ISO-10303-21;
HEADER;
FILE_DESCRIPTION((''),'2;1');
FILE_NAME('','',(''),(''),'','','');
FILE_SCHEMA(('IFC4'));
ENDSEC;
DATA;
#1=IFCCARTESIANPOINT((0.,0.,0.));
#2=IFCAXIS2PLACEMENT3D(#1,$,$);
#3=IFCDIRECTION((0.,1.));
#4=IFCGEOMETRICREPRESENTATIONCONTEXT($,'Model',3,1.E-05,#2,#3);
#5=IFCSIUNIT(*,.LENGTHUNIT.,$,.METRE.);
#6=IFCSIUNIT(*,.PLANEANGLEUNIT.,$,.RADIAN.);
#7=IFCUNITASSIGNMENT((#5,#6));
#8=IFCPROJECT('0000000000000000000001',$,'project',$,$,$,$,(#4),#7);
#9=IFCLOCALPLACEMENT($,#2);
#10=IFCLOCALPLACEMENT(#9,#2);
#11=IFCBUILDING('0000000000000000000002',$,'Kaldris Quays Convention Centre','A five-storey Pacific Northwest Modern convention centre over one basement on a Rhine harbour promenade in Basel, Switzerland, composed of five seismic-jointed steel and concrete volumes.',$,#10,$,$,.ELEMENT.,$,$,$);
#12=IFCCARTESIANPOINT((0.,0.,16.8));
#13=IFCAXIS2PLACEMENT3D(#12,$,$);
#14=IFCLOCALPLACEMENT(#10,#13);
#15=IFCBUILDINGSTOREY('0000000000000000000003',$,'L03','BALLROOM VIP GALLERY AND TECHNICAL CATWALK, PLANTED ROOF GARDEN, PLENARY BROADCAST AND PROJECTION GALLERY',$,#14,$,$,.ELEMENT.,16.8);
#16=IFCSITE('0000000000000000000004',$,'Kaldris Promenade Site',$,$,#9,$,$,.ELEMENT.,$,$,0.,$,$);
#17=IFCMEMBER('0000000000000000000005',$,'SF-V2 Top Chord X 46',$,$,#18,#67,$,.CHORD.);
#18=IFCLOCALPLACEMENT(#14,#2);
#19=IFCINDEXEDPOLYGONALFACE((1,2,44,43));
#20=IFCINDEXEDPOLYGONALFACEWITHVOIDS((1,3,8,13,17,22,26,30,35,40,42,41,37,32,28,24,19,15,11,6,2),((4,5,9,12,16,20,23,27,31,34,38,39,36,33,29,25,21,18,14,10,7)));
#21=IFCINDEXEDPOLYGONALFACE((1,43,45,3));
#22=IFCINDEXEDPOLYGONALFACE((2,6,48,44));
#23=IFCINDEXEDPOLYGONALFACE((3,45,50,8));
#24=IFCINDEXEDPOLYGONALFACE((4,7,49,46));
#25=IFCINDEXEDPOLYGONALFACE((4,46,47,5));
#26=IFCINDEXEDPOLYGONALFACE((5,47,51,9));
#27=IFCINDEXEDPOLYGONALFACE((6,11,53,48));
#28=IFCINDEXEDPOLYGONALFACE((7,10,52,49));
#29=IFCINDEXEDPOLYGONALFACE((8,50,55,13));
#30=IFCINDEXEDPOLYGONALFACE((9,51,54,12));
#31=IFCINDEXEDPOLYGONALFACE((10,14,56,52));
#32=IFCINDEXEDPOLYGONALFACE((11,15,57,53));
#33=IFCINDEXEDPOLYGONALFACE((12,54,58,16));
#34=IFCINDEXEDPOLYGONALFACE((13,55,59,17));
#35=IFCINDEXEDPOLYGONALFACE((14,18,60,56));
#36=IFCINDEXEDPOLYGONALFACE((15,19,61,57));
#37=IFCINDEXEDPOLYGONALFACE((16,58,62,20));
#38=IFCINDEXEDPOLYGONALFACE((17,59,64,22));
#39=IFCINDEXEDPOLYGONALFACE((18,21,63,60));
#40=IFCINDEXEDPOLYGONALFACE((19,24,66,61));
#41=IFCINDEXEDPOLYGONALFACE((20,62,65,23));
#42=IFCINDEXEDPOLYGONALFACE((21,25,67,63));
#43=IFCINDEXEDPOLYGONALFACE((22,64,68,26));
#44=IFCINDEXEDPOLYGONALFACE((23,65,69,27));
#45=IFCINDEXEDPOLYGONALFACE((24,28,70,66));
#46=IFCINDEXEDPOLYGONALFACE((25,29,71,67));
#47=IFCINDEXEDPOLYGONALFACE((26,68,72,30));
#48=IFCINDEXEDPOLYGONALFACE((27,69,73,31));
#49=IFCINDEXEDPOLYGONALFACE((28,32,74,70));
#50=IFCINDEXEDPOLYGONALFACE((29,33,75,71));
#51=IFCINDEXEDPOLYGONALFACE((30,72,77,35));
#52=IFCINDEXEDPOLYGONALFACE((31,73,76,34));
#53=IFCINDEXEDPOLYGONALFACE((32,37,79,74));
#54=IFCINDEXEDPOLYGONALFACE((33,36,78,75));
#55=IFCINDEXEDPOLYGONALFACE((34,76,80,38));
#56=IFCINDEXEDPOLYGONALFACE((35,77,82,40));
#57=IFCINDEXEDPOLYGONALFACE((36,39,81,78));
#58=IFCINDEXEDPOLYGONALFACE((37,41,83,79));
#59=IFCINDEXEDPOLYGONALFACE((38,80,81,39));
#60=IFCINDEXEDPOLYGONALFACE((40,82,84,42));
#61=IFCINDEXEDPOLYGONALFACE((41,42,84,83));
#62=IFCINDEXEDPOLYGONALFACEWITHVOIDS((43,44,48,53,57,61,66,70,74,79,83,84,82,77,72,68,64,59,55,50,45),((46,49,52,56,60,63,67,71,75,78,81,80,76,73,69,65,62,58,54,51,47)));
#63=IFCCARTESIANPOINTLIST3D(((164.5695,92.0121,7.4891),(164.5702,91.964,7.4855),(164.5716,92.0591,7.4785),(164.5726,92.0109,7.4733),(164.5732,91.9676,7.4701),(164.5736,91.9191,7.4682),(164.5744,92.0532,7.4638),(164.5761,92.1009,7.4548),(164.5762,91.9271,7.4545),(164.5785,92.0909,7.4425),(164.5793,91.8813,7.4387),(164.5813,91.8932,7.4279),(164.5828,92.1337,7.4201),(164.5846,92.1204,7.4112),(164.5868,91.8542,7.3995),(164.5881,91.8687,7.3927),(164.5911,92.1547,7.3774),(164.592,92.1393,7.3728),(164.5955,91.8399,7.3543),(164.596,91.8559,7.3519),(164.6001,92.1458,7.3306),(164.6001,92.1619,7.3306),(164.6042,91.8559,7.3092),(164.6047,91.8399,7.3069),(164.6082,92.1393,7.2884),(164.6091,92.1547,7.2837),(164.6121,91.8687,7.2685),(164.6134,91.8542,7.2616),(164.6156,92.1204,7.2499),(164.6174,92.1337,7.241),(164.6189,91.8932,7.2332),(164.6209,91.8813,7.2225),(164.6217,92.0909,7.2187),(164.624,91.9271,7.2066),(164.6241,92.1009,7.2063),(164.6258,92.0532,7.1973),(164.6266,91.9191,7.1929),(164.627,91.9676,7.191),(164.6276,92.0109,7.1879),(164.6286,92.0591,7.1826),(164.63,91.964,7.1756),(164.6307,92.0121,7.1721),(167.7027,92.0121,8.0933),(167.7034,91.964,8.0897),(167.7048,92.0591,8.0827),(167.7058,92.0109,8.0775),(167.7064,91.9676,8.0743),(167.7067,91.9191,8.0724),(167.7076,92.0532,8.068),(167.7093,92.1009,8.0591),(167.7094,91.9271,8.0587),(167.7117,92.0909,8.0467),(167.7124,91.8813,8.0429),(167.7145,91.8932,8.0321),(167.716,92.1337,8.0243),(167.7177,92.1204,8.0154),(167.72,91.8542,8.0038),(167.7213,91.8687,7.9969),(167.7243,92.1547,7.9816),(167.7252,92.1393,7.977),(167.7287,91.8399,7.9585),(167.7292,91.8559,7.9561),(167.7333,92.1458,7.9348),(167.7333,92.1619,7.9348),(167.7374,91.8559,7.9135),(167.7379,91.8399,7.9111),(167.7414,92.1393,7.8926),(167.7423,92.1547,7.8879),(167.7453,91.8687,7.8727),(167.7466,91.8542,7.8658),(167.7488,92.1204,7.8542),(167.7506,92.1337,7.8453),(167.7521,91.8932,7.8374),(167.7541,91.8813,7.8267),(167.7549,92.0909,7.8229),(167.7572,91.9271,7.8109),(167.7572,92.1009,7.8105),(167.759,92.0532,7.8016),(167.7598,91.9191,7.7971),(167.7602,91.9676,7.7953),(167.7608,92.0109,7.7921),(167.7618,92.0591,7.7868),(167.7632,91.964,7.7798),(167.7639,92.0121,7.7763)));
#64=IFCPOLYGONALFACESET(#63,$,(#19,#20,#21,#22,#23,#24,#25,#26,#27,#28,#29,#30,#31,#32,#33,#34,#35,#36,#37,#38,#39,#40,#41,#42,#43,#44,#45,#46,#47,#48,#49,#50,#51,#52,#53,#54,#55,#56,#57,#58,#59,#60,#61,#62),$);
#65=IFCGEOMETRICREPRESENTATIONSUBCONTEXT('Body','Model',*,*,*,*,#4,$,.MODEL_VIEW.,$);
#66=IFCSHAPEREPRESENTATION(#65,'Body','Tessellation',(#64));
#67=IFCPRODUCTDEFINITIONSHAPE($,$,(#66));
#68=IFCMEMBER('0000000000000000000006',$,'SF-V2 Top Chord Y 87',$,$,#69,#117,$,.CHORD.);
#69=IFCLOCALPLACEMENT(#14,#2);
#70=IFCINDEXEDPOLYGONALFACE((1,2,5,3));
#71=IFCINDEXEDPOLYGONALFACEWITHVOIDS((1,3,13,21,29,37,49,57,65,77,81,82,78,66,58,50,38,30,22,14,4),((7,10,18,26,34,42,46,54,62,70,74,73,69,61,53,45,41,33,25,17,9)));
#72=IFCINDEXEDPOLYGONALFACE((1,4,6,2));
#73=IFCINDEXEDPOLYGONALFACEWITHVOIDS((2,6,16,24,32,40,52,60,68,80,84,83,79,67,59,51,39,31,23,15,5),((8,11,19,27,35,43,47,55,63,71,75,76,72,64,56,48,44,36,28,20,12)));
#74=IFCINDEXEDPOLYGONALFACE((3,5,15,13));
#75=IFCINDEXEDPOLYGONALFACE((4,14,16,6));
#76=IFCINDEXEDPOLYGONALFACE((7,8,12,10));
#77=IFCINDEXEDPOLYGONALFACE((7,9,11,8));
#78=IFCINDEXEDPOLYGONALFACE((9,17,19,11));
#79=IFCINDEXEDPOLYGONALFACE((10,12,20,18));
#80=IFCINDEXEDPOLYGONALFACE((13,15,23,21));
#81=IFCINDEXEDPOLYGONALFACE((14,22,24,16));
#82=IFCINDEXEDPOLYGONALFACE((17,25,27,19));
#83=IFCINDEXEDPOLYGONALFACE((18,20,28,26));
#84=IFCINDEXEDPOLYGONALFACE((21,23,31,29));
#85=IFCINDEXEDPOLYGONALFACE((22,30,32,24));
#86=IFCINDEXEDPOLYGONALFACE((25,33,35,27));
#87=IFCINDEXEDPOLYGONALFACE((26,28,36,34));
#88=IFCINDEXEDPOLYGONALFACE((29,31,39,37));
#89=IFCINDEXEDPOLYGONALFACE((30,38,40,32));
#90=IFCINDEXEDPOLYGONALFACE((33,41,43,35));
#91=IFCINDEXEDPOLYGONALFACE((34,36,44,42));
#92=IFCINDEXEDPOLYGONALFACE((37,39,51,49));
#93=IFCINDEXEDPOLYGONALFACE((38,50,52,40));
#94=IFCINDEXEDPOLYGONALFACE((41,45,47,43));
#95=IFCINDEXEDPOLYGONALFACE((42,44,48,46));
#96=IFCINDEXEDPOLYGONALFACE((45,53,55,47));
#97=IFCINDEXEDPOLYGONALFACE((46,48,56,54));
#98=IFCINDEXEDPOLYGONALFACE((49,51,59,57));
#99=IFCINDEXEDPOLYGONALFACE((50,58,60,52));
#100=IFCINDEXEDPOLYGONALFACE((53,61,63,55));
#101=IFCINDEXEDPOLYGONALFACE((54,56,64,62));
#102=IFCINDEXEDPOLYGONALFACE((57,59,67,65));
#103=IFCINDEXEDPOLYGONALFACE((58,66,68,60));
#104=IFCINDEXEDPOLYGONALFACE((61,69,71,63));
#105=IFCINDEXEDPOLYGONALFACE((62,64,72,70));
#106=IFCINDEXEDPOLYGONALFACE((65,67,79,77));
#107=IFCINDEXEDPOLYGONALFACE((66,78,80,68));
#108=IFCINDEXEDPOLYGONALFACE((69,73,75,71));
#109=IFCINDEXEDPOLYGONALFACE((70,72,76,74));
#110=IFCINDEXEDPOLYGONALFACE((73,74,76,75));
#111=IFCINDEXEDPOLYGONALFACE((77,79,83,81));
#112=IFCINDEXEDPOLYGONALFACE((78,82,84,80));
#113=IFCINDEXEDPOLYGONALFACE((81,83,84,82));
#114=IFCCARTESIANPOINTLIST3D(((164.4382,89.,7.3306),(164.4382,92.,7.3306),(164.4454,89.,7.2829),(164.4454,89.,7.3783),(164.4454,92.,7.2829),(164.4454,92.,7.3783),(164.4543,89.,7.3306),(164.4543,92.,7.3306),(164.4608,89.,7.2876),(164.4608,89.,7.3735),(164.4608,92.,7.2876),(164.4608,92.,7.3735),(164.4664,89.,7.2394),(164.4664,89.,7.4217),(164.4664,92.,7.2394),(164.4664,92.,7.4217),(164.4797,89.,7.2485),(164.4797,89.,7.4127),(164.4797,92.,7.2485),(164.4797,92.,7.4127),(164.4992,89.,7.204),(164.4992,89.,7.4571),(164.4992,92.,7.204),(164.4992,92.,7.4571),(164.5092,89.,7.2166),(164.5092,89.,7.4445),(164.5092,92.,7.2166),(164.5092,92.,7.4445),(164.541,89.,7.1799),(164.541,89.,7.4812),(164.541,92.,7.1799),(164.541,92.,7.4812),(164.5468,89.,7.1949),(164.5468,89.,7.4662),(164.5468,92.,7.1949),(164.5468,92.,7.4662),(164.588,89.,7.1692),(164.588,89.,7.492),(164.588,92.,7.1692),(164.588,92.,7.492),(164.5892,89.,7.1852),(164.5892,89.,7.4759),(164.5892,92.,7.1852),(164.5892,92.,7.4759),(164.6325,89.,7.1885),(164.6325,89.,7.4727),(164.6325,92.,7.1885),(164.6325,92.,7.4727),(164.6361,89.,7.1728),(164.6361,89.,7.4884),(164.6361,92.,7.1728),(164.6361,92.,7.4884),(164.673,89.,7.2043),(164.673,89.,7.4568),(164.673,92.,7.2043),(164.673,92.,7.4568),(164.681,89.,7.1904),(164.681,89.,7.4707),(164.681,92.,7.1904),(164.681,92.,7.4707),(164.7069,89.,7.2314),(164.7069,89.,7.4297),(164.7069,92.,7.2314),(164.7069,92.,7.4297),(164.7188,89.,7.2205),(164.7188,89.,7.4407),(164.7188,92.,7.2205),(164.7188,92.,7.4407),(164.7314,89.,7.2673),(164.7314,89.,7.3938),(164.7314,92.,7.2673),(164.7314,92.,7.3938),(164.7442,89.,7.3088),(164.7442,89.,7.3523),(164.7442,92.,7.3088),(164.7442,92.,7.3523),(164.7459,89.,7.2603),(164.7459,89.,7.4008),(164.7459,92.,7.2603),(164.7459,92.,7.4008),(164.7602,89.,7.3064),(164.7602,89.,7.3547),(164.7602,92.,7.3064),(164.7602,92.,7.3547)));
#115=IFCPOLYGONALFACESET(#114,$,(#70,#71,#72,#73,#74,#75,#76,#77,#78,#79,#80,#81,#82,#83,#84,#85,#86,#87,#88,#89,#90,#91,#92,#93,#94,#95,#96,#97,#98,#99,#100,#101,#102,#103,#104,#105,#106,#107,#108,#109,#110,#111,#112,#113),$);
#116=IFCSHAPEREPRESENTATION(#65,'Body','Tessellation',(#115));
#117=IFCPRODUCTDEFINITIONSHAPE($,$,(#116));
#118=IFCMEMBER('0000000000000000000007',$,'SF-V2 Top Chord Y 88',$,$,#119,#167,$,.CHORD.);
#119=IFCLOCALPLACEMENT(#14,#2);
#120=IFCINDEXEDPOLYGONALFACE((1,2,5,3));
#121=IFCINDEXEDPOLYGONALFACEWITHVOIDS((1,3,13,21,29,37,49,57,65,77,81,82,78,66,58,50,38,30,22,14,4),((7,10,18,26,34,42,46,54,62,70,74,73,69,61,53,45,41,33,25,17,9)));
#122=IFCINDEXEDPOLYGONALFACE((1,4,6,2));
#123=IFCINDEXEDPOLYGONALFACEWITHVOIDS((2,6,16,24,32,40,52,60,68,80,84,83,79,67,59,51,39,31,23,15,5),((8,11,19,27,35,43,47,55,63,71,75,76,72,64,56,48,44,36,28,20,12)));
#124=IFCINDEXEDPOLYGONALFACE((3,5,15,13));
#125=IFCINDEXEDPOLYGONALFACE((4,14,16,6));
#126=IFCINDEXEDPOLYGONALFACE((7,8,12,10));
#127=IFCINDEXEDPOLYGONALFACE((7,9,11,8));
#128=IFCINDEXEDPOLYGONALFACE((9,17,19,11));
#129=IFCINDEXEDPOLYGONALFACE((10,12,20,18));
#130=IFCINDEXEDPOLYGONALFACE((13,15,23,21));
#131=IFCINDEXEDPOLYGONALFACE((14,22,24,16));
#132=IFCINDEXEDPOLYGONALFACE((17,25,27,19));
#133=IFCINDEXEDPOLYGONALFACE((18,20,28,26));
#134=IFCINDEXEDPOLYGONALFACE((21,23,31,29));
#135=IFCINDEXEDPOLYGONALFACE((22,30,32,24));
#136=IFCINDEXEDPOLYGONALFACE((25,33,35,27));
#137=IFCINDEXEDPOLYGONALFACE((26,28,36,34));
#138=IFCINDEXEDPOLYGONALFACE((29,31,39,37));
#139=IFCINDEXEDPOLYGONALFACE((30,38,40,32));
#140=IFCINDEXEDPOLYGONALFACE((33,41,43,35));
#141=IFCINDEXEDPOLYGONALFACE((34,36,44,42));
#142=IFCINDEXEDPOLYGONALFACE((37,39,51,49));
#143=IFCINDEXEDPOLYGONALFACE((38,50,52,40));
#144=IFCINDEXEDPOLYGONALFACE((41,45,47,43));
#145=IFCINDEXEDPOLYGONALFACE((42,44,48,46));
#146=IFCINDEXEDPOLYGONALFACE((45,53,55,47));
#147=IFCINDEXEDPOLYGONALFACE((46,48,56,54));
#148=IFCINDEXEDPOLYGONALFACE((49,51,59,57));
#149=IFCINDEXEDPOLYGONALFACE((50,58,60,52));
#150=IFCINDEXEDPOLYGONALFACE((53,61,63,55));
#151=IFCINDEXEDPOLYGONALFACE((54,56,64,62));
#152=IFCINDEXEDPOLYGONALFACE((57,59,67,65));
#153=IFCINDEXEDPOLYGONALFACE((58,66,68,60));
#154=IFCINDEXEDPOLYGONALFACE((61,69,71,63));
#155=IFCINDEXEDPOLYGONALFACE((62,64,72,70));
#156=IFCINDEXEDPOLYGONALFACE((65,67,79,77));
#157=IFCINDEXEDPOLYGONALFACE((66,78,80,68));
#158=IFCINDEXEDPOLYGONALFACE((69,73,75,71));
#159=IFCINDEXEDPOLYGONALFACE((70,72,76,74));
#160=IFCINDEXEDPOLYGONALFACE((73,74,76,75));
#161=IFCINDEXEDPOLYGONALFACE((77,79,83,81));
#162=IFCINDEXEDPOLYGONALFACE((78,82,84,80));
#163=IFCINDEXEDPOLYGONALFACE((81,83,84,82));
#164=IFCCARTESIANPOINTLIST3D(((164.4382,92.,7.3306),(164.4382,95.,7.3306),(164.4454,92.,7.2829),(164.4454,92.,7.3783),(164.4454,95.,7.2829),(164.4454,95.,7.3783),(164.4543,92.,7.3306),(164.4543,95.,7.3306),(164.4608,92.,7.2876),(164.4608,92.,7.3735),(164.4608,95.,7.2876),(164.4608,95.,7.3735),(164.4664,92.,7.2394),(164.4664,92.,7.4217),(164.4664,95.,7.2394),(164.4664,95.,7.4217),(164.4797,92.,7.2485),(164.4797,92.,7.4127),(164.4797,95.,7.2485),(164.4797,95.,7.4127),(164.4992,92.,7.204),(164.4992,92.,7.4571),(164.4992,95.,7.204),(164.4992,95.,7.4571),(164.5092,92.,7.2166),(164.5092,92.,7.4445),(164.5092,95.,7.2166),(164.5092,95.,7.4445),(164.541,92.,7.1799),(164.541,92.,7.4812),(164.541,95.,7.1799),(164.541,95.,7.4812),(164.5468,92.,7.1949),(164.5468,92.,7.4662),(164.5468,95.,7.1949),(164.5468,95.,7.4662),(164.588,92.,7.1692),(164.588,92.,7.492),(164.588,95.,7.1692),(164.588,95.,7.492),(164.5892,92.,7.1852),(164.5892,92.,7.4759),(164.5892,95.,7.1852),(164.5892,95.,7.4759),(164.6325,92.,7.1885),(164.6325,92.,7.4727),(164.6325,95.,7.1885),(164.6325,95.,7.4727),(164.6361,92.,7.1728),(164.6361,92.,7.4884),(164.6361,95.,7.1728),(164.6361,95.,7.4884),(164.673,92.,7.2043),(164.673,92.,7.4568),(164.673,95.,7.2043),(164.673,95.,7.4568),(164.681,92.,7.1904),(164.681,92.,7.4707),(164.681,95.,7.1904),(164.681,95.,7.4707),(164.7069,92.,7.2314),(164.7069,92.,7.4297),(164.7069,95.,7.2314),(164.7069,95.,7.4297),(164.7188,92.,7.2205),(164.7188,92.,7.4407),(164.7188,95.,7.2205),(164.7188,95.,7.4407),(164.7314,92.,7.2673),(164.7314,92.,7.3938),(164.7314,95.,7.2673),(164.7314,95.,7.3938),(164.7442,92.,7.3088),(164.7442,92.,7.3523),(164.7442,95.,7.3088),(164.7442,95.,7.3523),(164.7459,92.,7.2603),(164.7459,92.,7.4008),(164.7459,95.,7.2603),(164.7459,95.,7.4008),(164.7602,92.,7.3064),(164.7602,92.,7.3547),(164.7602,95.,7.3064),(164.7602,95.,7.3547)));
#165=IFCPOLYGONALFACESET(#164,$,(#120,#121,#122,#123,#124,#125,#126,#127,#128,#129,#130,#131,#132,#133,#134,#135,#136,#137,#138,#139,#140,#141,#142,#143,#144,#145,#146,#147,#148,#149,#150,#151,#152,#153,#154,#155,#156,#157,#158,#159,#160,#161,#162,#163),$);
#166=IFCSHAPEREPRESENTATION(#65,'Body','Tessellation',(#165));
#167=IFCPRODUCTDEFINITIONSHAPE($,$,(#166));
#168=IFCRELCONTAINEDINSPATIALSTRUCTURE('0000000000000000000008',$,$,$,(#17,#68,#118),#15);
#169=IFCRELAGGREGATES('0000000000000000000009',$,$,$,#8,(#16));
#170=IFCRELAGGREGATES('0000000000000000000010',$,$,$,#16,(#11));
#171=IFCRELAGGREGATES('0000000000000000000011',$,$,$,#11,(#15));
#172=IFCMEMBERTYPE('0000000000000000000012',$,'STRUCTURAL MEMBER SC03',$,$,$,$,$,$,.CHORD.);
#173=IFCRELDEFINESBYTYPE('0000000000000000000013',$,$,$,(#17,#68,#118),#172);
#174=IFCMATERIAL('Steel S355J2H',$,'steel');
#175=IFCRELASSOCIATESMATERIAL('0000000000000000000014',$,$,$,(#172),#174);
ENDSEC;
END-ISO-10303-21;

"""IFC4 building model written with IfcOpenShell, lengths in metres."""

from ifc_helpers import new_model, si_unit, direction, frame, origin, origin_2d, place, context, subcontext, project, spatial, hollow_circle, extrude, material, material_profile, profile_set, type_object, element, save


model = new_model("IFC4")

# Units and contexts
model_context = context("Model", 3, precision=1e-05, world=origin(), true_north=direction((0.0, 1.0)))
body_context = subcontext(model_context, "Body", "Model", "MODEL_VIEW")
ifc_project = project(units=[si_unit("LENGTHUNIT", "METRE"), si_unit("PLANEANGLEUNIT", "RADIAN")], contexts=[model_context])

# Site, building, storey
site_placement = place(None, origin())
site = spatial("IfcSite", under=ifc_project, at=site_placement, Name="Kaldris Promenade Site", CompositionType="ELEMENT", RefElevation=0.0)
building_placement = place(site_placement, origin())
building = spatial("IfcBuilding", under=site, at=building_placement, Name="Kaldris Quays Convention Centre", Description="A five-storey Pacific Northwest Modern convention centre over one basement on a Rhine harbour promenade in Basel, Switzerland, composed of five seismic-jointed steel and concrete volumes.", CompositionType="ELEMENT")
storey_placement = place(building_placement, frame((0.0, 0.0, 16.8)))
storey = spatial("IfcBuildingStorey", under=building, at=storey_placement, Name="L03", Description="BALLROOM VIP GALLERY AND TECHNICAL CATWALK, PLANTED ROOF GARDEN, PLENARY BROADCAST AND PROJECTION GALLERY", CompositionType="ELEMENT", Elevation=16.8)

# Members
ifc_material_1 = material(Name="Steel S355J2H", Category="steel")
ifc_material_profile_1 = material_profile(ifc_material_1, hollow_circle(Radius=0.1619, WallThickness=0.0161, at=origin_2d()), Name="CHS 323.9x16")
ifc_profile_set_1 = profile_set([ifc_material_profile_1], Name="Steel S355J2H")
member_type_1 = type_object("IfcMemberType", Name="STRUCTURAL MEMBER SC03", PredefinedType="CHORD", material=ifc_profile_set_1)
member_1_placement = place(storey_placement, frame((164.6001, 92.0, 7.3306), z_axis=(0.981908, 0.0, 0.189358), x_axis=(0.0, 1.0, 0.0)))
element("IfcMember", 1, at=member_1_placement, inside=storey, type_object=member_type_1, Name="SF-V2 Top Chord X 46", PredefinedType="CHORD", context=body_context, shape_type="SweptSolid", body=[
    extrude(hollow_circle(Radius=0.1619, WallThickness=0.0161, at=origin_2d()), origin(), (0.0, 0.0, 1.0), 3.1909),
])
for number, where, z_axis, x_axis, name in (
    (2, (164.6001, 89.0, 7.3306), (0.0, 1.0, 0.0), (-1.0, 0.0, 0.0), "SF-V2 Top Chord Y 87"),
    (3, (164.6001, 92.0, 7.3306), (0.0, 1.0, 0.0), (-1.0, 0.0, 0.0), "SF-V2 Top Chord Y 88"),
):
    element("IfcMember", number, at=place(storey_placement, frame(where, z_axis=z_axis, x_axis=x_axis)), inside=storey, type_object=member_type_1, Name=name, PredefinedType="CHORD", context=body_context, shape_type="SweptSolid", body=[
        extrude(hollow_circle(Radius=0.1619, WallThickness=0.0161, at=origin_2d()), origin(), (0.0, 0.0, 1.0), 3.0),
    ])

save(model, "model.ifc")
